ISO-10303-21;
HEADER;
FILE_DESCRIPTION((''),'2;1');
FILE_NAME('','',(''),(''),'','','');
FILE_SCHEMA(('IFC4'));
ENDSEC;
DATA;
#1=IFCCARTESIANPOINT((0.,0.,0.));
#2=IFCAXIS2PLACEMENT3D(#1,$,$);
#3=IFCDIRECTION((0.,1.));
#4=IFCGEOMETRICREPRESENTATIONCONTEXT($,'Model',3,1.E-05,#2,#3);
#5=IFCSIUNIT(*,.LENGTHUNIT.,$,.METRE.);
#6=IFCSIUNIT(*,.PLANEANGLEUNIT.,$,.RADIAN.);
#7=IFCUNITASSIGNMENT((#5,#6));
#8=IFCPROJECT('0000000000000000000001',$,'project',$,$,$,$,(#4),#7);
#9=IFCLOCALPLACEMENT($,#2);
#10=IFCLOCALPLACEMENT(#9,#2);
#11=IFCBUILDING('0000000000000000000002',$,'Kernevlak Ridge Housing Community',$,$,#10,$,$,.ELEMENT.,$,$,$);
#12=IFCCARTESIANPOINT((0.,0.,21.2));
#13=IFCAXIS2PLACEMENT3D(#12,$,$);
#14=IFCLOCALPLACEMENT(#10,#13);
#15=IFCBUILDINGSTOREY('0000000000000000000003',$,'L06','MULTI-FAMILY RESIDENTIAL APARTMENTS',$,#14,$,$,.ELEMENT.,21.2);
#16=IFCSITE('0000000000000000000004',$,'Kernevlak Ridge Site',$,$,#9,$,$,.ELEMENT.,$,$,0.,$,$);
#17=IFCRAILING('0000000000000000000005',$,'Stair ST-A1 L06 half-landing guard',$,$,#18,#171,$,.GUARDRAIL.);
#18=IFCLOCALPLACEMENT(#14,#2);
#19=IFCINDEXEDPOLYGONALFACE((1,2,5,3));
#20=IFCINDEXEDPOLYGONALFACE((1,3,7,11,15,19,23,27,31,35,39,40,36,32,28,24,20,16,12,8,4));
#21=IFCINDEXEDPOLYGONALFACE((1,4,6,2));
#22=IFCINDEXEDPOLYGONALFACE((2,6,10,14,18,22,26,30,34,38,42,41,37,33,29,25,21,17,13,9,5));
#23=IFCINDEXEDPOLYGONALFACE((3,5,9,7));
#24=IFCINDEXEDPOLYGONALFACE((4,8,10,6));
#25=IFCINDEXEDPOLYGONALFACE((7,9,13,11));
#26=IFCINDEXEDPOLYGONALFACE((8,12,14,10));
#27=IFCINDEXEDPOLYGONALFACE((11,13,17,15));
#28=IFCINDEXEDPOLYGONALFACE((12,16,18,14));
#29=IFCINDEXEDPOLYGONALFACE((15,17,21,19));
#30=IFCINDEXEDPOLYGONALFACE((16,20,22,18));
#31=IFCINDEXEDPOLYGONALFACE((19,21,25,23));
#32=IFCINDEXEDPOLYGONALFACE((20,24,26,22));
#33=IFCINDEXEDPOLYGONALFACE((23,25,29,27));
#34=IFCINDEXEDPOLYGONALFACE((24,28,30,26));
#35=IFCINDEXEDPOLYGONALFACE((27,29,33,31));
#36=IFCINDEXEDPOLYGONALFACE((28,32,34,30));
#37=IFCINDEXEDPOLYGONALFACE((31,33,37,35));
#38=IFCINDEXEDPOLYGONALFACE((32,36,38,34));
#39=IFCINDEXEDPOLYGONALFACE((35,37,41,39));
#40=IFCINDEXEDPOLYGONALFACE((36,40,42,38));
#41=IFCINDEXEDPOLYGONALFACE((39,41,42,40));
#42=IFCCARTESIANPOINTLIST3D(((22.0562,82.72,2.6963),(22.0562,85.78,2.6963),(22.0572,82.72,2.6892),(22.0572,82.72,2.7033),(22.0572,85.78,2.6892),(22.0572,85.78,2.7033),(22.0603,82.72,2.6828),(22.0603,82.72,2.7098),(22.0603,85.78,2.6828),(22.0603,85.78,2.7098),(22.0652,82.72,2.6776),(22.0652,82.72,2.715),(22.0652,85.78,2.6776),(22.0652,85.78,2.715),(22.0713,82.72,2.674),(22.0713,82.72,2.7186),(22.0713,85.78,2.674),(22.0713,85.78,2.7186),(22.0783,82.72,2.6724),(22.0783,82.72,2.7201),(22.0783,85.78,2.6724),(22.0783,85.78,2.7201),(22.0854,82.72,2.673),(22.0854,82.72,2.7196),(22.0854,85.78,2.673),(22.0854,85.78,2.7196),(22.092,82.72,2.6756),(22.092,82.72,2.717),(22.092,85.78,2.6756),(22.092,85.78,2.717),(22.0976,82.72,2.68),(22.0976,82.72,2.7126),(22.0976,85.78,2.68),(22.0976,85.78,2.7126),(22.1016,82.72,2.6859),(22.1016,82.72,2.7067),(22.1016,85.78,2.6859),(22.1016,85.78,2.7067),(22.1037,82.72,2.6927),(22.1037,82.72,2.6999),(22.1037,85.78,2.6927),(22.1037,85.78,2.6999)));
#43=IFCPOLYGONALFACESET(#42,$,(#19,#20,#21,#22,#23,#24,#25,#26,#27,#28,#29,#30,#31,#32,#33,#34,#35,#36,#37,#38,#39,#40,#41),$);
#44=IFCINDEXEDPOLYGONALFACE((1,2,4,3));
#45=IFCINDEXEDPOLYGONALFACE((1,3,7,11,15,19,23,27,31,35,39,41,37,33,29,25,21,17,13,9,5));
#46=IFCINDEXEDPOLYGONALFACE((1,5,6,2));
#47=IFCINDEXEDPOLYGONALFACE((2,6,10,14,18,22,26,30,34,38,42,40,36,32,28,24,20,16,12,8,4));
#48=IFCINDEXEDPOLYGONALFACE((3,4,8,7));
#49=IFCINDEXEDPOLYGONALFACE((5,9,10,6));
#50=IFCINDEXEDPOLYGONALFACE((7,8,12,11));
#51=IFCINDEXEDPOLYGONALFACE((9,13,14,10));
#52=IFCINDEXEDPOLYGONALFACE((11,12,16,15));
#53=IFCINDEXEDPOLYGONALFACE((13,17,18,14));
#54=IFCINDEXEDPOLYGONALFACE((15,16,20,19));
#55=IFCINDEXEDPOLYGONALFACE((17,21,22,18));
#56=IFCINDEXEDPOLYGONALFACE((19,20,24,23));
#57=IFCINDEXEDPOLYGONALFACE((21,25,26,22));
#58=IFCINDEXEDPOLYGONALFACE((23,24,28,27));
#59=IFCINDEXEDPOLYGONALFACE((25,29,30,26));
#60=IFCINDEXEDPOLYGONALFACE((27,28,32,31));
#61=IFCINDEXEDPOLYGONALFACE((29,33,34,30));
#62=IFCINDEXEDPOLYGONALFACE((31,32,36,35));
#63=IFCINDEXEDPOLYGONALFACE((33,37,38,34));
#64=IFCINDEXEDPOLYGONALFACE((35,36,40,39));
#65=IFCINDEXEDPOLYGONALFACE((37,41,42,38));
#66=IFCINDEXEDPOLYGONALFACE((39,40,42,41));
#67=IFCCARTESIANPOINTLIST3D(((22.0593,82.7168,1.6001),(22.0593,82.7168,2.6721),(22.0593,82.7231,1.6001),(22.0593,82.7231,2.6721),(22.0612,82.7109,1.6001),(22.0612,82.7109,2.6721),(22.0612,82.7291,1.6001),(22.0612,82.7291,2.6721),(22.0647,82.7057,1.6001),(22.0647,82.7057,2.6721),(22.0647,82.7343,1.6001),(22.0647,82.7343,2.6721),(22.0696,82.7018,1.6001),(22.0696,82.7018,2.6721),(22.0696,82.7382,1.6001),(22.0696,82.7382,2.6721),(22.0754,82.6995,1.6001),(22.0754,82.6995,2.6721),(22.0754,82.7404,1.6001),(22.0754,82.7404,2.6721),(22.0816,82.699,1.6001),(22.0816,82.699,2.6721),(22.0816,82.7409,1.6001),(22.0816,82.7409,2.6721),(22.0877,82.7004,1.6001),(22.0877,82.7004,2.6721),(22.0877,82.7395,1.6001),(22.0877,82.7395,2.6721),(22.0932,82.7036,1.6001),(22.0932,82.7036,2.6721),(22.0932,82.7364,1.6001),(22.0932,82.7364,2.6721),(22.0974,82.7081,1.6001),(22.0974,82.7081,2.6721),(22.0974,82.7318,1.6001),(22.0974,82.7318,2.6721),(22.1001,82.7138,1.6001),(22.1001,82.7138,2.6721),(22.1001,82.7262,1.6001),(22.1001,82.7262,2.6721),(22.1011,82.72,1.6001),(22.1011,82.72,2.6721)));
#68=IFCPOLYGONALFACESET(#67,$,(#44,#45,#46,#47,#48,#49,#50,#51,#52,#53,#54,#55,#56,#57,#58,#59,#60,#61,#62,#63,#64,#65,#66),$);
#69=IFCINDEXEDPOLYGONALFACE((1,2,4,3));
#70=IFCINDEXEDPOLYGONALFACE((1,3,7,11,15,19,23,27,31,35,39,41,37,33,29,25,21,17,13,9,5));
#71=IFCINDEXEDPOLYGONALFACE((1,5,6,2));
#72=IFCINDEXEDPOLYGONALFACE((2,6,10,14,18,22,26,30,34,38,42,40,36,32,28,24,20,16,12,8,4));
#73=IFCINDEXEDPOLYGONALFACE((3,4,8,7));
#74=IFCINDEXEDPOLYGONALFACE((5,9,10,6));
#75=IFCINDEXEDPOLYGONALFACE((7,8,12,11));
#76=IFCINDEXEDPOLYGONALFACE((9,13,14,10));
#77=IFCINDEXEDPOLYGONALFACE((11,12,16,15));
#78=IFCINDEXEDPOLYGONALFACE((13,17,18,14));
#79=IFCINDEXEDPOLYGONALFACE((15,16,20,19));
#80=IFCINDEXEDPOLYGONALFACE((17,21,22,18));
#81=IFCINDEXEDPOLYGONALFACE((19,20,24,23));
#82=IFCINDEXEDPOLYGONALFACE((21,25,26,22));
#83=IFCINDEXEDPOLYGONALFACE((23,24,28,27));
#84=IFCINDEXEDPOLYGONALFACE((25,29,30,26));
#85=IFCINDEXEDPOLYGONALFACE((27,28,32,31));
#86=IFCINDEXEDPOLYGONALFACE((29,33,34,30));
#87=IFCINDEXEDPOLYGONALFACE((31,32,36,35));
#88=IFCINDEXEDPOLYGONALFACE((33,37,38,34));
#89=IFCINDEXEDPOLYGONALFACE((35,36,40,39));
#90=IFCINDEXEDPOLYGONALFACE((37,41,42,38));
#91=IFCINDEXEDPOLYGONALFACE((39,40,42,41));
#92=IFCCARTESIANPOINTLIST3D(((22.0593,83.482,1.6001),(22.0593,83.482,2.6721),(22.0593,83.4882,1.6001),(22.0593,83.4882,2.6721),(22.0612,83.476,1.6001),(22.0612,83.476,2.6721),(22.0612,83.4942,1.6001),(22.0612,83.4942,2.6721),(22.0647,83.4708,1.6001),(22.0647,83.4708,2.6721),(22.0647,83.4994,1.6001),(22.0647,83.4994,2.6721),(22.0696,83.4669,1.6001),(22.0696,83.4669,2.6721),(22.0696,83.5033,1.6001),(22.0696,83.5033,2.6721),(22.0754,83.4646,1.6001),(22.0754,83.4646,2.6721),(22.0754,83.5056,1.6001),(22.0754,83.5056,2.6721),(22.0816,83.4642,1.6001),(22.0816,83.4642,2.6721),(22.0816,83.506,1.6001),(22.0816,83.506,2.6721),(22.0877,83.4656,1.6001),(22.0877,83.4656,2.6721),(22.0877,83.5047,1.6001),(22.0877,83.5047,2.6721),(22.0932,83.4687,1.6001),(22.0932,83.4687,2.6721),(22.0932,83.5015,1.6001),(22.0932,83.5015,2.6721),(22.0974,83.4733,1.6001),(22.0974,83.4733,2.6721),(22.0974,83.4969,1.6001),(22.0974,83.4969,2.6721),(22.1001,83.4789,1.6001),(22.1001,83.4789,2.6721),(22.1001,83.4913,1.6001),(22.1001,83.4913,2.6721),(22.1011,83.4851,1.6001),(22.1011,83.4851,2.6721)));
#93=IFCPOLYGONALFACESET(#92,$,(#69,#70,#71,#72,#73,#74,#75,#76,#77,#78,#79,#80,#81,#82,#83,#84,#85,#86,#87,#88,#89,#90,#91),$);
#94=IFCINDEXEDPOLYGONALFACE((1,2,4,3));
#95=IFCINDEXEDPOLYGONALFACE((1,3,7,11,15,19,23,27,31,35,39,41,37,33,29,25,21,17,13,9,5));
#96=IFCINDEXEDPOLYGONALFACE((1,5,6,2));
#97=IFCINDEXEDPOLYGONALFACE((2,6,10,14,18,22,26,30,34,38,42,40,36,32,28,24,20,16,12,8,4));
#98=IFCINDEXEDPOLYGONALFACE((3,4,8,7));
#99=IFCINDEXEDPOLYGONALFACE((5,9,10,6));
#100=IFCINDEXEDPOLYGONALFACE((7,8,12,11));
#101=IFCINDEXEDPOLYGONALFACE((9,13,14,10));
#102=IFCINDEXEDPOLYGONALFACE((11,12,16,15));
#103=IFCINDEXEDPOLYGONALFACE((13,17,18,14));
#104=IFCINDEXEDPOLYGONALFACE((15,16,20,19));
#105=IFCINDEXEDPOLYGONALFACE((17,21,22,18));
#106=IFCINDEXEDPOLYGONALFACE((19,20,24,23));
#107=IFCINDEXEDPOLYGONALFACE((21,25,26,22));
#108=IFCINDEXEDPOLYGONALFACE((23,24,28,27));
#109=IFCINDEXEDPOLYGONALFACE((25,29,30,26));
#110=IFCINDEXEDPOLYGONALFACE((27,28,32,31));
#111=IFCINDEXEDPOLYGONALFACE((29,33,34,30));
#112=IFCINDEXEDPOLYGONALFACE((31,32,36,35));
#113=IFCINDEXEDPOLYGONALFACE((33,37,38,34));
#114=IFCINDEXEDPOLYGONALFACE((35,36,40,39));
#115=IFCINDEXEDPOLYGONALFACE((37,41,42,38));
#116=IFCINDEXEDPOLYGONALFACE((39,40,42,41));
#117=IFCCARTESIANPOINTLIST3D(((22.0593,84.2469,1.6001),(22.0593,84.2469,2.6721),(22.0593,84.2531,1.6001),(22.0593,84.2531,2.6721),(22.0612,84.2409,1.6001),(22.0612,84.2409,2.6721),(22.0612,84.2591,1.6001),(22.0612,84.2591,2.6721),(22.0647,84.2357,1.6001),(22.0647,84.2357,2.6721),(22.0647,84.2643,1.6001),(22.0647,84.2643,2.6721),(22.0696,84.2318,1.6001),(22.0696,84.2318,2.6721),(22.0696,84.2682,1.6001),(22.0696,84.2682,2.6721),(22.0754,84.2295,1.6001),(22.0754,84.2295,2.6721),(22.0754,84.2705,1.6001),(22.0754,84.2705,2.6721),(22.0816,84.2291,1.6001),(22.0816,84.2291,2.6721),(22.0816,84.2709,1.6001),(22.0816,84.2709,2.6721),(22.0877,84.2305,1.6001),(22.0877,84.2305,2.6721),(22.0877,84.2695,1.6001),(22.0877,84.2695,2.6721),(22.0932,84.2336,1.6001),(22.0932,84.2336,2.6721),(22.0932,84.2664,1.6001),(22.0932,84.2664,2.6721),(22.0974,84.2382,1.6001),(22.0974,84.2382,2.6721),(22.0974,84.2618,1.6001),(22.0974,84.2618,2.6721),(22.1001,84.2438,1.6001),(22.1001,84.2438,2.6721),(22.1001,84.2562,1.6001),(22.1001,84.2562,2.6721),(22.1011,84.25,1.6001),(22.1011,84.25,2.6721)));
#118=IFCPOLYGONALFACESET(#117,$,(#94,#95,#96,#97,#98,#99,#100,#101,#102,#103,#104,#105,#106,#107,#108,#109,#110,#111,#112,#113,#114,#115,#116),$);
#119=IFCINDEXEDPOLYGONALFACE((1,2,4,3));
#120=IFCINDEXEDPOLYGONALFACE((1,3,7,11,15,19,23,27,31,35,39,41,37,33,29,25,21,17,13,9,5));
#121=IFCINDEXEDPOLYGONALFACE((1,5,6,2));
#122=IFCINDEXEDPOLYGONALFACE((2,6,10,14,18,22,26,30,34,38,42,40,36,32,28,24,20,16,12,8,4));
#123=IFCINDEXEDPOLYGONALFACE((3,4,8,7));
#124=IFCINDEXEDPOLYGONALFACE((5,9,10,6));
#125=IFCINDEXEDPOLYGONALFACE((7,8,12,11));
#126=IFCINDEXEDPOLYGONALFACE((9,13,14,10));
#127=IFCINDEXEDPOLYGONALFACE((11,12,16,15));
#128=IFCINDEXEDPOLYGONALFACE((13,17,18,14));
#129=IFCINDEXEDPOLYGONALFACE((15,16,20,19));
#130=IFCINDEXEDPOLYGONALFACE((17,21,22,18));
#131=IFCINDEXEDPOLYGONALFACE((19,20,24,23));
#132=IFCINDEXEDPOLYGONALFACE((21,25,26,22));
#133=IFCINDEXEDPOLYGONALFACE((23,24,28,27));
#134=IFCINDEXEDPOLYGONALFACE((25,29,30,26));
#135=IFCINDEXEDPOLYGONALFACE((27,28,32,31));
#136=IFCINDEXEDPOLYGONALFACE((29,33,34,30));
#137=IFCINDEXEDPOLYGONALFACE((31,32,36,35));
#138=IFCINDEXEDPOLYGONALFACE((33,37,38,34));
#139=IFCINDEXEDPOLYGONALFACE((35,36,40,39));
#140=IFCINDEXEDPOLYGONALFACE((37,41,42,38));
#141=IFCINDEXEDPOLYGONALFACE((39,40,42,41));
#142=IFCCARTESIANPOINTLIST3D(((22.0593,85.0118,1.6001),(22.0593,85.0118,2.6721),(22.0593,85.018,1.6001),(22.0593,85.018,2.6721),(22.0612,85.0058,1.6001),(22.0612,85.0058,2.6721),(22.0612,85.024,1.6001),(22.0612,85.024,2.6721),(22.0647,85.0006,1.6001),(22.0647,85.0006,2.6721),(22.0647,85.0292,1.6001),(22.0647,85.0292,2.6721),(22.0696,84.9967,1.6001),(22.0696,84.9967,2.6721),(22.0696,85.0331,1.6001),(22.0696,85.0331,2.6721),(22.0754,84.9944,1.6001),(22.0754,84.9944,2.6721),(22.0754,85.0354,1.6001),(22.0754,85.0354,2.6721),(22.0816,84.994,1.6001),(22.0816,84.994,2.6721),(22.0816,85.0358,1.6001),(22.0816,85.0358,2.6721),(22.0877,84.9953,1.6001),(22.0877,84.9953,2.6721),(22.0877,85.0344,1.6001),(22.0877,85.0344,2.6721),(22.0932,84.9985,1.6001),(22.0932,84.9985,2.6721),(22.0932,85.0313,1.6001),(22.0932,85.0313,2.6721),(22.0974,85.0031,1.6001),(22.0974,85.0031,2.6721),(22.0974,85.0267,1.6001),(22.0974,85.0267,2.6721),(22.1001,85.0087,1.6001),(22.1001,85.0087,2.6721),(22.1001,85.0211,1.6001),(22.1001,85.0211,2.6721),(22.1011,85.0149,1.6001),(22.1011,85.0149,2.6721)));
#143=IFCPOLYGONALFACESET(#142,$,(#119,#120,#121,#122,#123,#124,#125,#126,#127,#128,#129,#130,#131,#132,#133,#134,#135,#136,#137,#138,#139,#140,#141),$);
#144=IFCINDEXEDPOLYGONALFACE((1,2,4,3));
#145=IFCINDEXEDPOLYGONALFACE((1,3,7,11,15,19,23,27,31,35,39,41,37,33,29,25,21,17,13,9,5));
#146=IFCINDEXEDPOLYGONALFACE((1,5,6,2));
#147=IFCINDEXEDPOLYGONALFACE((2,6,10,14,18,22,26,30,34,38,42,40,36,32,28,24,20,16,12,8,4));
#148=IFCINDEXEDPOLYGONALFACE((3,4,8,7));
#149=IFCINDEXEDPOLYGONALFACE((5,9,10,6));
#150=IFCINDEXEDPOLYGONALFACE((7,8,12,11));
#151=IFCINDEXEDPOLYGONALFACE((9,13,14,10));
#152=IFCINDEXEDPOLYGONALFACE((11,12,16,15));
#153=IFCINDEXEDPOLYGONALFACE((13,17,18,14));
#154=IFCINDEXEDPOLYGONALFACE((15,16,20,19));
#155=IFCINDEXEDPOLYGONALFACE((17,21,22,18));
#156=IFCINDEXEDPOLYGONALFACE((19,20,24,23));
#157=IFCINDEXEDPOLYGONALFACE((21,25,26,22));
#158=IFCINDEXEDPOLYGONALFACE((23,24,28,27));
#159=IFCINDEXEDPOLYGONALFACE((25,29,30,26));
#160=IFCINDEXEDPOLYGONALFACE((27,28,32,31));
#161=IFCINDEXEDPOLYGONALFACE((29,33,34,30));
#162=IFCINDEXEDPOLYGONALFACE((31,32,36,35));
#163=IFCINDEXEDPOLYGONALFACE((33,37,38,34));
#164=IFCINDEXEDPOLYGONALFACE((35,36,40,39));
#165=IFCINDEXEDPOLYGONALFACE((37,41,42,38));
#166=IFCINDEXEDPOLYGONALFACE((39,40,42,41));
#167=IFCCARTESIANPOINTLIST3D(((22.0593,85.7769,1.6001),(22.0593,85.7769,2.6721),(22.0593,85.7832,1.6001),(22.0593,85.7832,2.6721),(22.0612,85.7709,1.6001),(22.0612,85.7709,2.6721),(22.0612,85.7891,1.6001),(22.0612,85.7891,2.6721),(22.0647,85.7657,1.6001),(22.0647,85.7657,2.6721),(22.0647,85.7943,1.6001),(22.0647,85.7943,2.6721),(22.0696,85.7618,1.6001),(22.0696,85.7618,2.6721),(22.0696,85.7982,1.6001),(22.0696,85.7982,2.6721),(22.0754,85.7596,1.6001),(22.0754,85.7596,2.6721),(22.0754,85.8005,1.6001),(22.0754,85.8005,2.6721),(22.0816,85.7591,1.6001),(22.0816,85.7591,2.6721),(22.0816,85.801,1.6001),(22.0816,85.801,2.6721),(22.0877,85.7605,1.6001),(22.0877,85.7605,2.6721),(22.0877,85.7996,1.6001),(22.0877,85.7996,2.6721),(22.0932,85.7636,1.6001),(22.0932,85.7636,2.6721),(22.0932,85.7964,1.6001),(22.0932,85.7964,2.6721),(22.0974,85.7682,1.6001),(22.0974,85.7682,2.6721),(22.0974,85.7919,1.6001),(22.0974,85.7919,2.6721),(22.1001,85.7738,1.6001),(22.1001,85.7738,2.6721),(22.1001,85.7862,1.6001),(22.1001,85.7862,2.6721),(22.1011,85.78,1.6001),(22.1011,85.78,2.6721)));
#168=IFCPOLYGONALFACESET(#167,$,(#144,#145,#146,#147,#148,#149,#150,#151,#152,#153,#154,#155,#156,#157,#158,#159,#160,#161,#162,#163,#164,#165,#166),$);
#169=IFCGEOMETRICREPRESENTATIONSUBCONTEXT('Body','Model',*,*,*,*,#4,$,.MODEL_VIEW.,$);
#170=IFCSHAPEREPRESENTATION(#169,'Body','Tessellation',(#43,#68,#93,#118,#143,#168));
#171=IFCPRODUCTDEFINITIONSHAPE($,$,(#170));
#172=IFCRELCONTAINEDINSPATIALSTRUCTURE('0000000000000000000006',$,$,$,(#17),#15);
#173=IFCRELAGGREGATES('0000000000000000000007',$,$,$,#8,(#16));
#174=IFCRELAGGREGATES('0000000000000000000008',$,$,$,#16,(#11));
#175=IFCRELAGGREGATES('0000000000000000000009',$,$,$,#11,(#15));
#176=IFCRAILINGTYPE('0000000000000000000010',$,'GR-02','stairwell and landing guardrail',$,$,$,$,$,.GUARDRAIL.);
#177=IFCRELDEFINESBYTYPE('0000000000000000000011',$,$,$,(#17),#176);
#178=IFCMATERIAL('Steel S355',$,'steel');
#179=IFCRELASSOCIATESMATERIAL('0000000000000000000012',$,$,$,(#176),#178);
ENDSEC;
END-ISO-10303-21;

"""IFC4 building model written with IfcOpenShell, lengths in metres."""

from ifc_helpers import new_model, si_unit, direction, frame, origin, origin_2d, place, context, subcontext, project, spatial, circle, extrude, material, type_object, element, save


model = new_model("IFC4")

# Units and contexts
model_context = context("Model", 3, precision=1e-05, world=origin(), true_north=direction((0.0, 1.0)))
body_context = subcontext(model_context, "Body", "Model", "MODEL_VIEW")
ifc_project = project(units=[si_unit("LENGTHUNIT", "METRE"), si_unit("PLANEANGLEUNIT", "RADIAN")], contexts=[model_context])

# Site, building, storey
site_placement = place(None, origin())
site = spatial("IfcSite", under=ifc_project, at=site_placement, Name="Kernevlak Ridge Site", CompositionType="ELEMENT", RefElevation=0.0)
building_placement = place(site_placement, origin())
building = spatial("IfcBuilding", under=site, at=building_placement, Name="Kernevlak Ridge Housing Community", CompositionType="ELEMENT")
storey_placement = place(building_placement, frame((0.0, 0.0, 21.2)))
storey = spatial("IfcBuildingStorey", under=building, at=storey_placement, Name="L06", Description="MULTI-FAMILY RESIDENTIAL APARTMENTS", CompositionType="ELEMENT", Elevation=21.2)

# Railing
ifc_material_1 = material(Name="Steel S355", Category="steel")
railing_type_1 = type_object("IfcRailingType", Name="GR-02", Description="stairwell and landing guardrail", PredefinedType="GUARDRAIL", material=ifc_material_1)
railing_1_placement = place(storey_placement, frame((22.0801, 82.72, 1.6001)))
element("IfcRailing", 1, at=railing_1_placement, inside=storey, type_object=railing_type_1, Name="Stair ST-A1 L06 half-landing guard", PredefinedType="GUARDRAIL", context=body_context, shape_type="SweptSolid", body=[
    extrude(circle(Radius=0.0239, at=origin_2d()), frame((0.0, 0.0, 1.0962), z_axis=(0.0, 1.0, 0.0), x_axis=(-1.0, 0.0, 0.0)), (0.0, 0.0, 1.0), 3.0601),
    extrude(circle(Radius=0.021, at=origin_2d()), origin(), (0.0, 0.0, 1.0), 1.072),
    extrude(circle(Radius=0.021, at=origin_2d()), frame((0.0, 0.7651, 0.0)), (0.0, 0.0, 1.0), 1.072),
    extrude(circle(Radius=0.021, at=origin_2d()), frame((0.0, 1.53, 0.0)), (0.0, 0.0, 1.0), 1.072),
    extrude(circle(Radius=0.021, at=origin_2d()), frame((0.0, 2.2949, 0.0)), (0.0, 0.0, 1.0), 1.072),
    extrude(circle(Radius=0.021, at=origin_2d()), frame((0.0, 3.0601, 0.0)), (0.0, 0.0, 1.0), 1.072),
])

save(model, "model.ifc")
